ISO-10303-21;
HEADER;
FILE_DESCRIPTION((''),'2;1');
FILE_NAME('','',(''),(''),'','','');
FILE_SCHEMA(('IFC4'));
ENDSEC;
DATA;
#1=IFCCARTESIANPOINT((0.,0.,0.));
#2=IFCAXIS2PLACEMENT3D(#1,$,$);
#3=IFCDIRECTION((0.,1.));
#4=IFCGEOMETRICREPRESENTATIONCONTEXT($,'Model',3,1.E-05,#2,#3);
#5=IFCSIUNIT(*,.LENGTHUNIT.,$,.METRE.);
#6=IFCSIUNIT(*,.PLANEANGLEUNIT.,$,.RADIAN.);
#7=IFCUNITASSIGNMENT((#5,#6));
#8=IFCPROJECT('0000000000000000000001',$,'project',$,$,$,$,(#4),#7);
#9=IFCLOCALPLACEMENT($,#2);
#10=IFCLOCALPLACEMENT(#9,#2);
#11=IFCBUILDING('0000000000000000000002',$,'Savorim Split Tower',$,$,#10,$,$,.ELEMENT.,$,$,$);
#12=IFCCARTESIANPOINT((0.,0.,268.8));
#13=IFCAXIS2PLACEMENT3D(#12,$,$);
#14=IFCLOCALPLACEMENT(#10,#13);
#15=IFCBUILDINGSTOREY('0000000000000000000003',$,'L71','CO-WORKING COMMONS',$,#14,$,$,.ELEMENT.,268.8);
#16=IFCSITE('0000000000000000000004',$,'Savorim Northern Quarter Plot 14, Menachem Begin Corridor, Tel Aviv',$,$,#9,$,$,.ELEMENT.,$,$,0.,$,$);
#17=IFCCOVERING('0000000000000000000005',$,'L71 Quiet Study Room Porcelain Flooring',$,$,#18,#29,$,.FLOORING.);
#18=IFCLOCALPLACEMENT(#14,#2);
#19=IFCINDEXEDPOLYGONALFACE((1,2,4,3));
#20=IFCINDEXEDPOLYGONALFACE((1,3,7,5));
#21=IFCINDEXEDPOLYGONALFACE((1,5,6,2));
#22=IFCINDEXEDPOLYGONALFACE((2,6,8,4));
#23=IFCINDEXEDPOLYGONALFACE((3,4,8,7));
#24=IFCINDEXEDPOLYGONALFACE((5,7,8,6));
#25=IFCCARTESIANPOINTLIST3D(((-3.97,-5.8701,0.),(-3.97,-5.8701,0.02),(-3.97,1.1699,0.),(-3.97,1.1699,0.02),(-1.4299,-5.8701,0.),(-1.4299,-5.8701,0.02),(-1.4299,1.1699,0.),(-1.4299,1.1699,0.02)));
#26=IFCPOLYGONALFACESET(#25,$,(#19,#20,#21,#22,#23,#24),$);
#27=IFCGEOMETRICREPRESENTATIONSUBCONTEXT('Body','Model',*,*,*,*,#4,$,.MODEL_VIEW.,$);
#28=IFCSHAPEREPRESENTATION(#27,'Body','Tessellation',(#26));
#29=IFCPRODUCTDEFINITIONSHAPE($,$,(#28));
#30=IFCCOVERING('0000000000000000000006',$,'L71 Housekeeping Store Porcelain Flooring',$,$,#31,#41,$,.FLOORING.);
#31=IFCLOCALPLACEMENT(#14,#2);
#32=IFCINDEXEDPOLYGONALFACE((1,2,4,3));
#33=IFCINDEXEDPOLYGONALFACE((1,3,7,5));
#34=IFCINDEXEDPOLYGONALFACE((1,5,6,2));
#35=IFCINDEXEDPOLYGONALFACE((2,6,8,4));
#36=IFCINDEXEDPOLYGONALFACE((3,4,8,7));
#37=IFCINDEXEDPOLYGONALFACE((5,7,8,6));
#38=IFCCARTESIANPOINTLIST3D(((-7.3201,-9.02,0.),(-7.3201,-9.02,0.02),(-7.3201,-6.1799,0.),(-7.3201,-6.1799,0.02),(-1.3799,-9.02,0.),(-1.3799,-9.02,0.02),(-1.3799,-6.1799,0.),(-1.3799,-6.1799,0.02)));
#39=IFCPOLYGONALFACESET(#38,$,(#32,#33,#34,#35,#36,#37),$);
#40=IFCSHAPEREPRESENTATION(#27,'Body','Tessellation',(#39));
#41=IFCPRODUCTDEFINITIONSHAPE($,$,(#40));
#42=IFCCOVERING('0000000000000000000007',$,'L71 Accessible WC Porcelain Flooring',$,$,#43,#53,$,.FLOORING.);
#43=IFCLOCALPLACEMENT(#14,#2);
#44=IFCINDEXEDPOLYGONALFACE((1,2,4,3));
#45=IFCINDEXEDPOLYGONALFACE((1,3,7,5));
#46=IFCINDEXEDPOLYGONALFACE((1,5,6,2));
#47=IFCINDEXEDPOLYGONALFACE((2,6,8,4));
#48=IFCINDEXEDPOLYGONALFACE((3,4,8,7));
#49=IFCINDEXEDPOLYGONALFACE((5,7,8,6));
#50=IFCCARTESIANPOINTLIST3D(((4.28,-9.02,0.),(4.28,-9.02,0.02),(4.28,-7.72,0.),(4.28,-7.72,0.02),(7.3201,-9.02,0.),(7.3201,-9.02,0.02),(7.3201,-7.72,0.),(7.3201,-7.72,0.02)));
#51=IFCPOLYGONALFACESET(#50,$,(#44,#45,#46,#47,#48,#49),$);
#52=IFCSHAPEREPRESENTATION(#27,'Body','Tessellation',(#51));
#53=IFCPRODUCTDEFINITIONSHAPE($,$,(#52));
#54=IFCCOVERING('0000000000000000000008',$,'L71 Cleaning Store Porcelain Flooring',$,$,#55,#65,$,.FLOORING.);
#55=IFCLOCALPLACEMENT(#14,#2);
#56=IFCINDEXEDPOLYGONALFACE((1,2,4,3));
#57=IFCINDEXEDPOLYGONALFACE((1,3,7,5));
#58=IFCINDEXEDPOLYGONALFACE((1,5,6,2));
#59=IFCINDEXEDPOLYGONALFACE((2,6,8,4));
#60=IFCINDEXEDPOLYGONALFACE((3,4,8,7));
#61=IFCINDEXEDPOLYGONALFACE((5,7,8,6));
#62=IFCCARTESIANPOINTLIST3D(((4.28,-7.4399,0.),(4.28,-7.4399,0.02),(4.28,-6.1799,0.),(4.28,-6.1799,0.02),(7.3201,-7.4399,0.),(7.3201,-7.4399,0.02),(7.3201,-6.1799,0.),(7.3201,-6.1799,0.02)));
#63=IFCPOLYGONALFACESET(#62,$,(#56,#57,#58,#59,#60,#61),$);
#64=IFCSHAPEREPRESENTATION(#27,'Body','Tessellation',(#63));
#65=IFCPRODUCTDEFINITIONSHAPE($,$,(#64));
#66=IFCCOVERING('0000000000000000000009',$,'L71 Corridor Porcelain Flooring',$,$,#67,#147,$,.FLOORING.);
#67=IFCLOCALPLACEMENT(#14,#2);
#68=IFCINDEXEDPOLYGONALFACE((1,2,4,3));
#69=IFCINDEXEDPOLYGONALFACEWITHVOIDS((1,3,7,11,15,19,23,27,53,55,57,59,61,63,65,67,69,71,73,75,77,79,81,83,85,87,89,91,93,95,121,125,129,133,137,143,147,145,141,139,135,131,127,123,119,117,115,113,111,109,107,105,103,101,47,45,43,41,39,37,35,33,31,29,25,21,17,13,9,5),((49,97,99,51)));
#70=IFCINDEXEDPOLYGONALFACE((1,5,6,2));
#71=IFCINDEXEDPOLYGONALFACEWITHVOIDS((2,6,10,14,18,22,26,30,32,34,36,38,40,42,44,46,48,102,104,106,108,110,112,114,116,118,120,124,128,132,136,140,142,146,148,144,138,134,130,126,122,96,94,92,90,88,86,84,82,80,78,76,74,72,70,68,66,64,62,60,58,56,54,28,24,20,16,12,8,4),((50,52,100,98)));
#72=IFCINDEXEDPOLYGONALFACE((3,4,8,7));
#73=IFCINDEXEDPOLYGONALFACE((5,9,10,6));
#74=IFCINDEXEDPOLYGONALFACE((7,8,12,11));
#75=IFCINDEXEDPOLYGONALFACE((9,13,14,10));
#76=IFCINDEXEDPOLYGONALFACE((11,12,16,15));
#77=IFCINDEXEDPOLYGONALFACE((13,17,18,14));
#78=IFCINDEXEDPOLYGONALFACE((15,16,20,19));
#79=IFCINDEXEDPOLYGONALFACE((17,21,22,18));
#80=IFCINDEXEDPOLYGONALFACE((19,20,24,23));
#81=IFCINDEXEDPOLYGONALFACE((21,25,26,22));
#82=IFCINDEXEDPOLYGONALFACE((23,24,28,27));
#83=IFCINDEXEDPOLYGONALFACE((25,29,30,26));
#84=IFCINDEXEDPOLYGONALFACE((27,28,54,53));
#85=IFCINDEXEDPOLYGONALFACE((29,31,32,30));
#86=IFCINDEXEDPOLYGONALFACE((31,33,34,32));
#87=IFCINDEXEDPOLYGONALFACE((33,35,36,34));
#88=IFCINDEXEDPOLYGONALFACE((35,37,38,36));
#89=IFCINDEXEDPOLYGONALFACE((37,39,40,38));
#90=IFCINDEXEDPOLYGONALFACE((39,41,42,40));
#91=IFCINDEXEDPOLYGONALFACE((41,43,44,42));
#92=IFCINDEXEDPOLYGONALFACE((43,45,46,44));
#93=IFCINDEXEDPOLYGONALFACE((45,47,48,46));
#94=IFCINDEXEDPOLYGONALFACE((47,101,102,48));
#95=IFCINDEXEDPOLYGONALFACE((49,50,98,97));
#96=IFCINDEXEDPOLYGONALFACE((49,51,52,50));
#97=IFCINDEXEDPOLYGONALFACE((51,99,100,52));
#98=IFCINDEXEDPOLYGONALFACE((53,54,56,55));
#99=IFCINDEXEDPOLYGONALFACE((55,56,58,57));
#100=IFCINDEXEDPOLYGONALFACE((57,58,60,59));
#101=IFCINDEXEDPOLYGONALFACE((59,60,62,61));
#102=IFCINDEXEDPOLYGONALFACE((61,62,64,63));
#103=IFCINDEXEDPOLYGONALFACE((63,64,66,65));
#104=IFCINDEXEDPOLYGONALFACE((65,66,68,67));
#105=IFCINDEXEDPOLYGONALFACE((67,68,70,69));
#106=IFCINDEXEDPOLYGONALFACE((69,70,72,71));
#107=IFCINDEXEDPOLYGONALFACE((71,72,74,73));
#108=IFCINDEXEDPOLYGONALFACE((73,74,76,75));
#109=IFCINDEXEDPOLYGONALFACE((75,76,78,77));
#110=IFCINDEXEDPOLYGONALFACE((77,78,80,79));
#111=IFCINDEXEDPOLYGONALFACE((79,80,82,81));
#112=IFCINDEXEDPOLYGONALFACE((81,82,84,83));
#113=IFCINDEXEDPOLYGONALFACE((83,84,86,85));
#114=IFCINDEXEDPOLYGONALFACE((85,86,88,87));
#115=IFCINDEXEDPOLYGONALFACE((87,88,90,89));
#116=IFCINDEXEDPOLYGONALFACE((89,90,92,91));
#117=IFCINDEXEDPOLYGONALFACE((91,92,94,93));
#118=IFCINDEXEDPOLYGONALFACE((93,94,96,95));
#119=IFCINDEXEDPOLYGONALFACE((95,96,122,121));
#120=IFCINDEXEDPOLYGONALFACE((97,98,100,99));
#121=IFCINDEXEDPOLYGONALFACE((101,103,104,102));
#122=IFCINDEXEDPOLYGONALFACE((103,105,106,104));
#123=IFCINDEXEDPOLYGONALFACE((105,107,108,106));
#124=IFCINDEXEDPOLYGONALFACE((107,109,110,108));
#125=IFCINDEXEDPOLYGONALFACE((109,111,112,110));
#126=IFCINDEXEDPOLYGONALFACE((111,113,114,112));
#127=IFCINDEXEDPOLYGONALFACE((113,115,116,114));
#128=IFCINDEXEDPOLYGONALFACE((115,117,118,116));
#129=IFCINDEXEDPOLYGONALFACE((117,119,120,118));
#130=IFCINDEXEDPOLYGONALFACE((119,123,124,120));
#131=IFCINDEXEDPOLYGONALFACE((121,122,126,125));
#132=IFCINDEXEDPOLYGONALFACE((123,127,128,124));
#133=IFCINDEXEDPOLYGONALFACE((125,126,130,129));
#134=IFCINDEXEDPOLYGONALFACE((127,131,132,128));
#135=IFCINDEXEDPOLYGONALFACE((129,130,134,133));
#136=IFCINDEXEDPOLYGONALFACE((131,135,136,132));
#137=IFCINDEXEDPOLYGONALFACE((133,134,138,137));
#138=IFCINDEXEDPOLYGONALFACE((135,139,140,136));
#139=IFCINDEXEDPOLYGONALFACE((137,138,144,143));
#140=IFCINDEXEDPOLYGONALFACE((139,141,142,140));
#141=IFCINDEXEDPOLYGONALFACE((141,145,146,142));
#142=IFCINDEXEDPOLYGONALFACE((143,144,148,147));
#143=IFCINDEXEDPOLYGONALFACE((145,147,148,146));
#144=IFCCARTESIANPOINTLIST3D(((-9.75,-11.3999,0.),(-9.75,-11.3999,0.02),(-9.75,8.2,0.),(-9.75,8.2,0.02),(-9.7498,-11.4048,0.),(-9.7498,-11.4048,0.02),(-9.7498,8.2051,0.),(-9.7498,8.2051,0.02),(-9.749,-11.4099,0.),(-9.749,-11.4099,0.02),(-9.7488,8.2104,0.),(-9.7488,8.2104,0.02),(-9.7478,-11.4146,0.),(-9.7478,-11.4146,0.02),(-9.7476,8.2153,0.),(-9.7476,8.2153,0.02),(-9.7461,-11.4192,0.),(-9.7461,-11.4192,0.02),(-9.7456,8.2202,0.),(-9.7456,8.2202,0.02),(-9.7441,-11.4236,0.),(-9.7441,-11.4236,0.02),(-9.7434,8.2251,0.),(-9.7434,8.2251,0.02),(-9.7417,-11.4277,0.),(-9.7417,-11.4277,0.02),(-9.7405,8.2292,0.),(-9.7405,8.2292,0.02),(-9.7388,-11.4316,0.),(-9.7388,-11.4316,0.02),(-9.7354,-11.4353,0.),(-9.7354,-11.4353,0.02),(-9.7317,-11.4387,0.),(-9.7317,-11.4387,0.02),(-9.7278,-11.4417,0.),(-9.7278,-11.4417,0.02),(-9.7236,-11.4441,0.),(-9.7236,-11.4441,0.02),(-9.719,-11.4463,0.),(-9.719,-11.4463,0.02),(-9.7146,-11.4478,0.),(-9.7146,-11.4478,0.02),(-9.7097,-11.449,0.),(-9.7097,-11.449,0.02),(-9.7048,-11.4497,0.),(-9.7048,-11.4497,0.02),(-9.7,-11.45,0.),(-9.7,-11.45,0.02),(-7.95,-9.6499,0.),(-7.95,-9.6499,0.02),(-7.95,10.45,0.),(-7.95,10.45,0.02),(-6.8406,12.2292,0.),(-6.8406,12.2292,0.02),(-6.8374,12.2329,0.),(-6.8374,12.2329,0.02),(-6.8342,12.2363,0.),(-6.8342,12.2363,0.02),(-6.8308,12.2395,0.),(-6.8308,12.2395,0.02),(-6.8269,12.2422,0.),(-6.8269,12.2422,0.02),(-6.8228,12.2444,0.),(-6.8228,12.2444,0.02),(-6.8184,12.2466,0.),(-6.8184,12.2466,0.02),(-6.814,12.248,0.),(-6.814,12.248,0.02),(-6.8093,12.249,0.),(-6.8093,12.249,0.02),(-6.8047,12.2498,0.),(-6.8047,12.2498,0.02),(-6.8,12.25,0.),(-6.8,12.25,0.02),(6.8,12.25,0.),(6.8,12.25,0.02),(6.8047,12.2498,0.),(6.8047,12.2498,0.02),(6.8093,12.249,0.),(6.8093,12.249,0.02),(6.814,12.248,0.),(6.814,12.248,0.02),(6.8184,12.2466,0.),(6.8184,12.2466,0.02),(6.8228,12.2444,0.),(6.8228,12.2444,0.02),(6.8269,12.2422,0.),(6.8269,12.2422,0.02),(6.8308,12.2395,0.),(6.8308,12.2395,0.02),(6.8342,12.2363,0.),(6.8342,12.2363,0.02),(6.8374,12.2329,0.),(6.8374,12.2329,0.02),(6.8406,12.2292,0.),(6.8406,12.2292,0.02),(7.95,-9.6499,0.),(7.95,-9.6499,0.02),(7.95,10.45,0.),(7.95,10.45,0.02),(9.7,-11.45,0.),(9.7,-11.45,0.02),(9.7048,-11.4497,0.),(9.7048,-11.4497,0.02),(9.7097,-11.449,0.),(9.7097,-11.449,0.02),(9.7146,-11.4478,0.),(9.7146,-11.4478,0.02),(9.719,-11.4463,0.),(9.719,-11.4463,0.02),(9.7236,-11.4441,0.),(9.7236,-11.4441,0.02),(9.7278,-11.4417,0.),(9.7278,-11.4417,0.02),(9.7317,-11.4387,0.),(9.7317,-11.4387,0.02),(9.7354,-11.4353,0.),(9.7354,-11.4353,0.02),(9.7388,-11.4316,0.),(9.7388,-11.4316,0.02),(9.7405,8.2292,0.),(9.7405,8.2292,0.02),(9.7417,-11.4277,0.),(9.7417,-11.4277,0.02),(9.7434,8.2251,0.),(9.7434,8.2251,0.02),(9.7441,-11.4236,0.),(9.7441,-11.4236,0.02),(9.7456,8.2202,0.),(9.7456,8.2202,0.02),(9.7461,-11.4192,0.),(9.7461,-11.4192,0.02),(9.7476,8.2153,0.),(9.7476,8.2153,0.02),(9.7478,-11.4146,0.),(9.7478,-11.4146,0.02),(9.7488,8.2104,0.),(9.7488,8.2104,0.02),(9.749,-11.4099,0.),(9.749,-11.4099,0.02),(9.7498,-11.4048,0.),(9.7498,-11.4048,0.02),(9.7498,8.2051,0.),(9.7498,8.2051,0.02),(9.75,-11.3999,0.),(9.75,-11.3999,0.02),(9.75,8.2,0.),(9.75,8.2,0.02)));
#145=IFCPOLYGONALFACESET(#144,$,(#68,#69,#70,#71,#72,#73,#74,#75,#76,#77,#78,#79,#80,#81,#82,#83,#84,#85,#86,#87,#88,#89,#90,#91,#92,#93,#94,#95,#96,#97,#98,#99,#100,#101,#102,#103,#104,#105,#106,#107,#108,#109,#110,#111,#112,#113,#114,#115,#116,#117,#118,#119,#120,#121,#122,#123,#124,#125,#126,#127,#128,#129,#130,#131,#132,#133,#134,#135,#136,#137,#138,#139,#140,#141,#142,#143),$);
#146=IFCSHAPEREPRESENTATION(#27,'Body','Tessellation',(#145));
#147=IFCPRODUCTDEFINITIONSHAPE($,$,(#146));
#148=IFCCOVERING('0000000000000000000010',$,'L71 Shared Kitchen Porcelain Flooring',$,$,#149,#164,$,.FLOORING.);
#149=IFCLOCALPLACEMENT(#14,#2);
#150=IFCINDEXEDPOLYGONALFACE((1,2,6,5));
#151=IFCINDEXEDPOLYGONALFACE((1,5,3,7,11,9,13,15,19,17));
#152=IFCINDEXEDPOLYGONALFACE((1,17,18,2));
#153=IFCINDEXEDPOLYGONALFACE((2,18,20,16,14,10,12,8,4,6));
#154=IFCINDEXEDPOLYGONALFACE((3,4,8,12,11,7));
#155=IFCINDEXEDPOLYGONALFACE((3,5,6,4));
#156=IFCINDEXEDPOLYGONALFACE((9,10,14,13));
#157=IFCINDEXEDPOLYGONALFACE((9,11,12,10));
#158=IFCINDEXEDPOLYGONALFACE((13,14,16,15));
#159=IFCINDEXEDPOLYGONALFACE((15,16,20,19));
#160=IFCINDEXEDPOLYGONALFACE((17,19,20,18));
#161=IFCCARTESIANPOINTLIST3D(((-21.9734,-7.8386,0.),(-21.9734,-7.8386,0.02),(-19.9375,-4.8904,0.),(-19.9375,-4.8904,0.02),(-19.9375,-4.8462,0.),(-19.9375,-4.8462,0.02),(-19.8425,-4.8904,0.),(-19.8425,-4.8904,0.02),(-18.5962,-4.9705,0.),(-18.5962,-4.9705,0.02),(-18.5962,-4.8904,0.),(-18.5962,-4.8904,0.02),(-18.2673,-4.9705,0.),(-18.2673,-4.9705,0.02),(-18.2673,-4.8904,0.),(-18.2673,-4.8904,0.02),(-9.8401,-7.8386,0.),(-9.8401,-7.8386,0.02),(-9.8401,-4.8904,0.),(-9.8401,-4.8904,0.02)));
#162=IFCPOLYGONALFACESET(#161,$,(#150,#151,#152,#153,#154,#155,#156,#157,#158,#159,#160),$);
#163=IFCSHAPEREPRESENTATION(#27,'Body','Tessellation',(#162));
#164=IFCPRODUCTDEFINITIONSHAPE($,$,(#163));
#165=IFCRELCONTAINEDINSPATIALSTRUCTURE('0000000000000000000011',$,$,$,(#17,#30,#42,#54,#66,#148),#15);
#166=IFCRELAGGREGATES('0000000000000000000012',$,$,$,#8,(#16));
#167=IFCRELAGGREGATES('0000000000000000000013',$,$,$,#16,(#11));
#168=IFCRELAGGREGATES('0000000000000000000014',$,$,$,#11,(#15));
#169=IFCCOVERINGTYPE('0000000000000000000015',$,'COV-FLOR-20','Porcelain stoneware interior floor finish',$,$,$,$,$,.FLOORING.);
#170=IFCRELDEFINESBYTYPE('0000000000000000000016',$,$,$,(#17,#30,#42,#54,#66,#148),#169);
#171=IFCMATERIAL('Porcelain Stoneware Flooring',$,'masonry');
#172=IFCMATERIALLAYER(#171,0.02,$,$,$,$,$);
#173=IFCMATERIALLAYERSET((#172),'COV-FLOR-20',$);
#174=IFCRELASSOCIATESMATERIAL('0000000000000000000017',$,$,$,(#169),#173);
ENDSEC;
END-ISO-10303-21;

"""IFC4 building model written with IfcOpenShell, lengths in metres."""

from ifc_helpers import new_model, si_unit, direction, frame, origin, place, context, subcontext, project, spatial, polyline, outline, extrude, material, layer, layer_set, type_object, element, save


model = new_model("IFC4")

# Units and contexts
model_context = context("Model", 3, precision=1e-05, world=origin(), true_north=direction((0.0, 1.0)))
body_context = subcontext(model_context, "Body", "Model", "MODEL_VIEW")
ifc_project = project(units=[si_unit("LENGTHUNIT", "METRE"), si_unit("PLANEANGLEUNIT", "RADIAN")], contexts=[model_context])

# Site, building, storey
site_placement = place(None, origin())
site = spatial("IfcSite", under=ifc_project, at=site_placement, Name="Savorim Northern Quarter Plot 14, Menachem Begin Corridor, Tel Aviv", CompositionType="ELEMENT", RefElevation=0.0)
building_placement = place(site_placement, origin())
building = spatial("IfcBuilding", under=site, at=building_placement, Name="Savorim Split Tower", CompositionType="ELEMENT")
storey_placement = place(building_placement, frame((0.0, 0.0, 268.8)))
storey = spatial("IfcBuildingStorey", under=building, at=storey_placement, Name="L71", Description="CO-WORKING COMMONS", CompositionType="ELEMENT", Elevation=268.8)

# Coverings
ifc_material_1 = material(Name="Porcelain Stoneware Flooring", Category="masonry")
ifc_layer_1 = layer(ifc_material_1, 0.02)
ifc_layer_set_1 = layer_set([ifc_layer_1], Name="COV-FLOR-20")
covering_type_1 = type_object("IfcCoveringType", Name="COV-FLOR-20", Description="Porcelain stoneware interior floor finish", PredefinedType="FLOORING", material=ifc_layer_set_1)
covering_1_placement = place(storey_placement, origin())
element("IfcCovering", 1, at=covering_1_placement, inside=storey, type_object=covering_type_1, Name="L71 Quiet Study Room Porcelain Flooring", PredefinedType="FLOORING", context=body_context, shape_type="SweptSolid", body=[
    extrude(outline(polyline([(-3.97, 1.1699), (-3.97, -5.8701), (-1.4299, -5.8701), (-1.4299, 1.1699), (-3.97, 1.1699)])), origin(), (0.0, 0.0, 1.0), 0.02),
])
covering_2_placement = place(storey_placement, origin())
element("IfcCovering", 2, at=covering_2_placement, inside=storey, type_object=covering_type_1, Name="L71 Housekeeping Store Porcelain Flooring", PredefinedType="FLOORING", context=body_context, shape_type="SweptSolid", body=[
    extrude(outline(polyline([(-7.3201, -6.1799), (-7.3201, -9.02), (-1.3799, -9.02), (-1.3799, -6.1799), (-7.3201, -6.1799)])), origin(), (0.0, 0.0, 1.0), 0.02),
])
covering_3_placement = place(storey_placement, origin())
element("IfcCovering", 3, at=covering_3_placement, inside=storey, type_object=covering_type_1, Name="L71 Accessible WC Porcelain Flooring", PredefinedType="FLOORING", context=body_context, shape_type="SweptSolid", body=[
    extrude(outline(polyline([(4.28, -7.72), (4.28, -9.02), (7.3201, -9.02), (7.3201, -7.72), (4.28, -7.72)])), origin(), (0.0, 0.0, 1.0), 0.02),
])
covering_4_placement = place(storey_placement, origin())
element("IfcCovering", 4, at=covering_4_placement, inside=storey, type_object=covering_type_1, Name="L71 Cleaning Store Porcelain Flooring", PredefinedType="FLOORING", context=body_context, shape_type="SweptSolid", body=[
    extrude(outline(polyline([(4.28, -6.1799), (4.28, -7.4399), (7.3201, -7.4399), (7.3201, -6.1799), (4.28, -6.1799)])), origin(), (0.0, 0.0, 1.0), 0.02),
])
covering_5_placement = place(storey_placement, origin())
element("IfcCovering", 5, at=covering_5_placement, inside=storey, type_object=covering_type_1, Name="L71 Corridor Porcelain Flooring", PredefinedType="FLOORING", context=body_context, shape_type="SweptSolid", body=[
    extrude(outline(polyline([(6.8093, 12.249), (6.8047, 12.2498), (6.8, 12.25), (-6.8, 12.25), (-6.8047, 12.2498), (-6.8093, 12.249), (-6.814, 12.248), (-6.8184, 12.2466), (-6.8228, 12.2444), (-6.8269, 12.2422), (-6.8308, 12.2395), (-6.8342, 12.2363), (-6.8374, 12.2329), (-6.8406, 12.2292), (-9.7405, 8.2292), (-9.7434, 8.2251), (-9.7456, 8.2202), (-9.7476, 8.2153), (-9.7488, 8.2104), (-9.7498, 8.2051), (-9.75, 8.2), (-9.75, -11.3999), (-9.7498, -11.4048), (-9.749, -11.4099), (-9.7478, -11.4146), (-9.7461, -11.4192), (-9.7441, -11.4236), (-9.7417, -11.4277), (-9.7388, -11.4316), (-9.7354, -11.4353), (-9.7317, -11.4387), (-9.7278, -11.4417), (-9.7236, -11.4441), (-9.719, -11.4463), (-9.7146, -11.4478), (-9.7097, -11.449), (-9.7048, -11.4497), (-9.7, -11.45), (9.7, -11.45), (9.7048, -11.4497), (9.7097, -11.449), (9.7146, -11.4478), (9.719, -11.4463), (9.7236, -11.4441), (9.7278, -11.4417), (9.7317, -11.4387), (9.7354, -11.4353), (9.7388, -11.4316), (9.7417, -11.4277), (9.7441, -11.4236), (9.7461, -11.4192), (9.7478, -11.4146), (9.749, -11.4099), (9.7498, -11.4048), (9.75, -11.3999), (9.75, 8.2), (9.7498, 8.2051), (9.7488, 8.2104), (9.7476, 8.2153), (9.7456, 8.2202), (9.7434, 8.2251), (9.7405, 8.2292), (6.8406, 12.2292), (6.8374, 12.2329), (6.8342, 12.2363), (6.8308, 12.2395), (6.8269, 12.2422), (6.8228, 12.2444), (6.8184, 12.2466), (6.814, 12.248), (6.8093, 12.249)]), holes=[polyline([(-7.95, 10.45), (-7.95, -9.6499), (7.95, -9.6499), (7.95, 10.45), (-7.95, 10.45)])]), origin(), (0.0, 0.0, 1.0), 0.02),
])
covering_6_placement = place(storey_placement, origin())
element("IfcCovering", 6, at=covering_6_placement, inside=storey, type_object=covering_type_1, Name="L71 Shared Kitchen Porcelain Flooring", PredefinedType="FLOORING", context=body_context, shape_type="SweptSolid", body=[
    extrude(outline(polyline([(-19.8425, -4.8904), (-19.9375, -4.8904), (-19.9375, -4.8462), (-21.9734, -7.8386), (-9.8401, -7.8386), (-9.8401, -4.8904), (-18.2673, -4.8904), (-18.2673, -4.9705), (-18.5962, -4.9705), (-18.5962, -4.8904), (-19.8425, -4.8904)])), origin(), (0.0, 0.0, 1.0), 0.02),
])

save(model, "model.ifc")
